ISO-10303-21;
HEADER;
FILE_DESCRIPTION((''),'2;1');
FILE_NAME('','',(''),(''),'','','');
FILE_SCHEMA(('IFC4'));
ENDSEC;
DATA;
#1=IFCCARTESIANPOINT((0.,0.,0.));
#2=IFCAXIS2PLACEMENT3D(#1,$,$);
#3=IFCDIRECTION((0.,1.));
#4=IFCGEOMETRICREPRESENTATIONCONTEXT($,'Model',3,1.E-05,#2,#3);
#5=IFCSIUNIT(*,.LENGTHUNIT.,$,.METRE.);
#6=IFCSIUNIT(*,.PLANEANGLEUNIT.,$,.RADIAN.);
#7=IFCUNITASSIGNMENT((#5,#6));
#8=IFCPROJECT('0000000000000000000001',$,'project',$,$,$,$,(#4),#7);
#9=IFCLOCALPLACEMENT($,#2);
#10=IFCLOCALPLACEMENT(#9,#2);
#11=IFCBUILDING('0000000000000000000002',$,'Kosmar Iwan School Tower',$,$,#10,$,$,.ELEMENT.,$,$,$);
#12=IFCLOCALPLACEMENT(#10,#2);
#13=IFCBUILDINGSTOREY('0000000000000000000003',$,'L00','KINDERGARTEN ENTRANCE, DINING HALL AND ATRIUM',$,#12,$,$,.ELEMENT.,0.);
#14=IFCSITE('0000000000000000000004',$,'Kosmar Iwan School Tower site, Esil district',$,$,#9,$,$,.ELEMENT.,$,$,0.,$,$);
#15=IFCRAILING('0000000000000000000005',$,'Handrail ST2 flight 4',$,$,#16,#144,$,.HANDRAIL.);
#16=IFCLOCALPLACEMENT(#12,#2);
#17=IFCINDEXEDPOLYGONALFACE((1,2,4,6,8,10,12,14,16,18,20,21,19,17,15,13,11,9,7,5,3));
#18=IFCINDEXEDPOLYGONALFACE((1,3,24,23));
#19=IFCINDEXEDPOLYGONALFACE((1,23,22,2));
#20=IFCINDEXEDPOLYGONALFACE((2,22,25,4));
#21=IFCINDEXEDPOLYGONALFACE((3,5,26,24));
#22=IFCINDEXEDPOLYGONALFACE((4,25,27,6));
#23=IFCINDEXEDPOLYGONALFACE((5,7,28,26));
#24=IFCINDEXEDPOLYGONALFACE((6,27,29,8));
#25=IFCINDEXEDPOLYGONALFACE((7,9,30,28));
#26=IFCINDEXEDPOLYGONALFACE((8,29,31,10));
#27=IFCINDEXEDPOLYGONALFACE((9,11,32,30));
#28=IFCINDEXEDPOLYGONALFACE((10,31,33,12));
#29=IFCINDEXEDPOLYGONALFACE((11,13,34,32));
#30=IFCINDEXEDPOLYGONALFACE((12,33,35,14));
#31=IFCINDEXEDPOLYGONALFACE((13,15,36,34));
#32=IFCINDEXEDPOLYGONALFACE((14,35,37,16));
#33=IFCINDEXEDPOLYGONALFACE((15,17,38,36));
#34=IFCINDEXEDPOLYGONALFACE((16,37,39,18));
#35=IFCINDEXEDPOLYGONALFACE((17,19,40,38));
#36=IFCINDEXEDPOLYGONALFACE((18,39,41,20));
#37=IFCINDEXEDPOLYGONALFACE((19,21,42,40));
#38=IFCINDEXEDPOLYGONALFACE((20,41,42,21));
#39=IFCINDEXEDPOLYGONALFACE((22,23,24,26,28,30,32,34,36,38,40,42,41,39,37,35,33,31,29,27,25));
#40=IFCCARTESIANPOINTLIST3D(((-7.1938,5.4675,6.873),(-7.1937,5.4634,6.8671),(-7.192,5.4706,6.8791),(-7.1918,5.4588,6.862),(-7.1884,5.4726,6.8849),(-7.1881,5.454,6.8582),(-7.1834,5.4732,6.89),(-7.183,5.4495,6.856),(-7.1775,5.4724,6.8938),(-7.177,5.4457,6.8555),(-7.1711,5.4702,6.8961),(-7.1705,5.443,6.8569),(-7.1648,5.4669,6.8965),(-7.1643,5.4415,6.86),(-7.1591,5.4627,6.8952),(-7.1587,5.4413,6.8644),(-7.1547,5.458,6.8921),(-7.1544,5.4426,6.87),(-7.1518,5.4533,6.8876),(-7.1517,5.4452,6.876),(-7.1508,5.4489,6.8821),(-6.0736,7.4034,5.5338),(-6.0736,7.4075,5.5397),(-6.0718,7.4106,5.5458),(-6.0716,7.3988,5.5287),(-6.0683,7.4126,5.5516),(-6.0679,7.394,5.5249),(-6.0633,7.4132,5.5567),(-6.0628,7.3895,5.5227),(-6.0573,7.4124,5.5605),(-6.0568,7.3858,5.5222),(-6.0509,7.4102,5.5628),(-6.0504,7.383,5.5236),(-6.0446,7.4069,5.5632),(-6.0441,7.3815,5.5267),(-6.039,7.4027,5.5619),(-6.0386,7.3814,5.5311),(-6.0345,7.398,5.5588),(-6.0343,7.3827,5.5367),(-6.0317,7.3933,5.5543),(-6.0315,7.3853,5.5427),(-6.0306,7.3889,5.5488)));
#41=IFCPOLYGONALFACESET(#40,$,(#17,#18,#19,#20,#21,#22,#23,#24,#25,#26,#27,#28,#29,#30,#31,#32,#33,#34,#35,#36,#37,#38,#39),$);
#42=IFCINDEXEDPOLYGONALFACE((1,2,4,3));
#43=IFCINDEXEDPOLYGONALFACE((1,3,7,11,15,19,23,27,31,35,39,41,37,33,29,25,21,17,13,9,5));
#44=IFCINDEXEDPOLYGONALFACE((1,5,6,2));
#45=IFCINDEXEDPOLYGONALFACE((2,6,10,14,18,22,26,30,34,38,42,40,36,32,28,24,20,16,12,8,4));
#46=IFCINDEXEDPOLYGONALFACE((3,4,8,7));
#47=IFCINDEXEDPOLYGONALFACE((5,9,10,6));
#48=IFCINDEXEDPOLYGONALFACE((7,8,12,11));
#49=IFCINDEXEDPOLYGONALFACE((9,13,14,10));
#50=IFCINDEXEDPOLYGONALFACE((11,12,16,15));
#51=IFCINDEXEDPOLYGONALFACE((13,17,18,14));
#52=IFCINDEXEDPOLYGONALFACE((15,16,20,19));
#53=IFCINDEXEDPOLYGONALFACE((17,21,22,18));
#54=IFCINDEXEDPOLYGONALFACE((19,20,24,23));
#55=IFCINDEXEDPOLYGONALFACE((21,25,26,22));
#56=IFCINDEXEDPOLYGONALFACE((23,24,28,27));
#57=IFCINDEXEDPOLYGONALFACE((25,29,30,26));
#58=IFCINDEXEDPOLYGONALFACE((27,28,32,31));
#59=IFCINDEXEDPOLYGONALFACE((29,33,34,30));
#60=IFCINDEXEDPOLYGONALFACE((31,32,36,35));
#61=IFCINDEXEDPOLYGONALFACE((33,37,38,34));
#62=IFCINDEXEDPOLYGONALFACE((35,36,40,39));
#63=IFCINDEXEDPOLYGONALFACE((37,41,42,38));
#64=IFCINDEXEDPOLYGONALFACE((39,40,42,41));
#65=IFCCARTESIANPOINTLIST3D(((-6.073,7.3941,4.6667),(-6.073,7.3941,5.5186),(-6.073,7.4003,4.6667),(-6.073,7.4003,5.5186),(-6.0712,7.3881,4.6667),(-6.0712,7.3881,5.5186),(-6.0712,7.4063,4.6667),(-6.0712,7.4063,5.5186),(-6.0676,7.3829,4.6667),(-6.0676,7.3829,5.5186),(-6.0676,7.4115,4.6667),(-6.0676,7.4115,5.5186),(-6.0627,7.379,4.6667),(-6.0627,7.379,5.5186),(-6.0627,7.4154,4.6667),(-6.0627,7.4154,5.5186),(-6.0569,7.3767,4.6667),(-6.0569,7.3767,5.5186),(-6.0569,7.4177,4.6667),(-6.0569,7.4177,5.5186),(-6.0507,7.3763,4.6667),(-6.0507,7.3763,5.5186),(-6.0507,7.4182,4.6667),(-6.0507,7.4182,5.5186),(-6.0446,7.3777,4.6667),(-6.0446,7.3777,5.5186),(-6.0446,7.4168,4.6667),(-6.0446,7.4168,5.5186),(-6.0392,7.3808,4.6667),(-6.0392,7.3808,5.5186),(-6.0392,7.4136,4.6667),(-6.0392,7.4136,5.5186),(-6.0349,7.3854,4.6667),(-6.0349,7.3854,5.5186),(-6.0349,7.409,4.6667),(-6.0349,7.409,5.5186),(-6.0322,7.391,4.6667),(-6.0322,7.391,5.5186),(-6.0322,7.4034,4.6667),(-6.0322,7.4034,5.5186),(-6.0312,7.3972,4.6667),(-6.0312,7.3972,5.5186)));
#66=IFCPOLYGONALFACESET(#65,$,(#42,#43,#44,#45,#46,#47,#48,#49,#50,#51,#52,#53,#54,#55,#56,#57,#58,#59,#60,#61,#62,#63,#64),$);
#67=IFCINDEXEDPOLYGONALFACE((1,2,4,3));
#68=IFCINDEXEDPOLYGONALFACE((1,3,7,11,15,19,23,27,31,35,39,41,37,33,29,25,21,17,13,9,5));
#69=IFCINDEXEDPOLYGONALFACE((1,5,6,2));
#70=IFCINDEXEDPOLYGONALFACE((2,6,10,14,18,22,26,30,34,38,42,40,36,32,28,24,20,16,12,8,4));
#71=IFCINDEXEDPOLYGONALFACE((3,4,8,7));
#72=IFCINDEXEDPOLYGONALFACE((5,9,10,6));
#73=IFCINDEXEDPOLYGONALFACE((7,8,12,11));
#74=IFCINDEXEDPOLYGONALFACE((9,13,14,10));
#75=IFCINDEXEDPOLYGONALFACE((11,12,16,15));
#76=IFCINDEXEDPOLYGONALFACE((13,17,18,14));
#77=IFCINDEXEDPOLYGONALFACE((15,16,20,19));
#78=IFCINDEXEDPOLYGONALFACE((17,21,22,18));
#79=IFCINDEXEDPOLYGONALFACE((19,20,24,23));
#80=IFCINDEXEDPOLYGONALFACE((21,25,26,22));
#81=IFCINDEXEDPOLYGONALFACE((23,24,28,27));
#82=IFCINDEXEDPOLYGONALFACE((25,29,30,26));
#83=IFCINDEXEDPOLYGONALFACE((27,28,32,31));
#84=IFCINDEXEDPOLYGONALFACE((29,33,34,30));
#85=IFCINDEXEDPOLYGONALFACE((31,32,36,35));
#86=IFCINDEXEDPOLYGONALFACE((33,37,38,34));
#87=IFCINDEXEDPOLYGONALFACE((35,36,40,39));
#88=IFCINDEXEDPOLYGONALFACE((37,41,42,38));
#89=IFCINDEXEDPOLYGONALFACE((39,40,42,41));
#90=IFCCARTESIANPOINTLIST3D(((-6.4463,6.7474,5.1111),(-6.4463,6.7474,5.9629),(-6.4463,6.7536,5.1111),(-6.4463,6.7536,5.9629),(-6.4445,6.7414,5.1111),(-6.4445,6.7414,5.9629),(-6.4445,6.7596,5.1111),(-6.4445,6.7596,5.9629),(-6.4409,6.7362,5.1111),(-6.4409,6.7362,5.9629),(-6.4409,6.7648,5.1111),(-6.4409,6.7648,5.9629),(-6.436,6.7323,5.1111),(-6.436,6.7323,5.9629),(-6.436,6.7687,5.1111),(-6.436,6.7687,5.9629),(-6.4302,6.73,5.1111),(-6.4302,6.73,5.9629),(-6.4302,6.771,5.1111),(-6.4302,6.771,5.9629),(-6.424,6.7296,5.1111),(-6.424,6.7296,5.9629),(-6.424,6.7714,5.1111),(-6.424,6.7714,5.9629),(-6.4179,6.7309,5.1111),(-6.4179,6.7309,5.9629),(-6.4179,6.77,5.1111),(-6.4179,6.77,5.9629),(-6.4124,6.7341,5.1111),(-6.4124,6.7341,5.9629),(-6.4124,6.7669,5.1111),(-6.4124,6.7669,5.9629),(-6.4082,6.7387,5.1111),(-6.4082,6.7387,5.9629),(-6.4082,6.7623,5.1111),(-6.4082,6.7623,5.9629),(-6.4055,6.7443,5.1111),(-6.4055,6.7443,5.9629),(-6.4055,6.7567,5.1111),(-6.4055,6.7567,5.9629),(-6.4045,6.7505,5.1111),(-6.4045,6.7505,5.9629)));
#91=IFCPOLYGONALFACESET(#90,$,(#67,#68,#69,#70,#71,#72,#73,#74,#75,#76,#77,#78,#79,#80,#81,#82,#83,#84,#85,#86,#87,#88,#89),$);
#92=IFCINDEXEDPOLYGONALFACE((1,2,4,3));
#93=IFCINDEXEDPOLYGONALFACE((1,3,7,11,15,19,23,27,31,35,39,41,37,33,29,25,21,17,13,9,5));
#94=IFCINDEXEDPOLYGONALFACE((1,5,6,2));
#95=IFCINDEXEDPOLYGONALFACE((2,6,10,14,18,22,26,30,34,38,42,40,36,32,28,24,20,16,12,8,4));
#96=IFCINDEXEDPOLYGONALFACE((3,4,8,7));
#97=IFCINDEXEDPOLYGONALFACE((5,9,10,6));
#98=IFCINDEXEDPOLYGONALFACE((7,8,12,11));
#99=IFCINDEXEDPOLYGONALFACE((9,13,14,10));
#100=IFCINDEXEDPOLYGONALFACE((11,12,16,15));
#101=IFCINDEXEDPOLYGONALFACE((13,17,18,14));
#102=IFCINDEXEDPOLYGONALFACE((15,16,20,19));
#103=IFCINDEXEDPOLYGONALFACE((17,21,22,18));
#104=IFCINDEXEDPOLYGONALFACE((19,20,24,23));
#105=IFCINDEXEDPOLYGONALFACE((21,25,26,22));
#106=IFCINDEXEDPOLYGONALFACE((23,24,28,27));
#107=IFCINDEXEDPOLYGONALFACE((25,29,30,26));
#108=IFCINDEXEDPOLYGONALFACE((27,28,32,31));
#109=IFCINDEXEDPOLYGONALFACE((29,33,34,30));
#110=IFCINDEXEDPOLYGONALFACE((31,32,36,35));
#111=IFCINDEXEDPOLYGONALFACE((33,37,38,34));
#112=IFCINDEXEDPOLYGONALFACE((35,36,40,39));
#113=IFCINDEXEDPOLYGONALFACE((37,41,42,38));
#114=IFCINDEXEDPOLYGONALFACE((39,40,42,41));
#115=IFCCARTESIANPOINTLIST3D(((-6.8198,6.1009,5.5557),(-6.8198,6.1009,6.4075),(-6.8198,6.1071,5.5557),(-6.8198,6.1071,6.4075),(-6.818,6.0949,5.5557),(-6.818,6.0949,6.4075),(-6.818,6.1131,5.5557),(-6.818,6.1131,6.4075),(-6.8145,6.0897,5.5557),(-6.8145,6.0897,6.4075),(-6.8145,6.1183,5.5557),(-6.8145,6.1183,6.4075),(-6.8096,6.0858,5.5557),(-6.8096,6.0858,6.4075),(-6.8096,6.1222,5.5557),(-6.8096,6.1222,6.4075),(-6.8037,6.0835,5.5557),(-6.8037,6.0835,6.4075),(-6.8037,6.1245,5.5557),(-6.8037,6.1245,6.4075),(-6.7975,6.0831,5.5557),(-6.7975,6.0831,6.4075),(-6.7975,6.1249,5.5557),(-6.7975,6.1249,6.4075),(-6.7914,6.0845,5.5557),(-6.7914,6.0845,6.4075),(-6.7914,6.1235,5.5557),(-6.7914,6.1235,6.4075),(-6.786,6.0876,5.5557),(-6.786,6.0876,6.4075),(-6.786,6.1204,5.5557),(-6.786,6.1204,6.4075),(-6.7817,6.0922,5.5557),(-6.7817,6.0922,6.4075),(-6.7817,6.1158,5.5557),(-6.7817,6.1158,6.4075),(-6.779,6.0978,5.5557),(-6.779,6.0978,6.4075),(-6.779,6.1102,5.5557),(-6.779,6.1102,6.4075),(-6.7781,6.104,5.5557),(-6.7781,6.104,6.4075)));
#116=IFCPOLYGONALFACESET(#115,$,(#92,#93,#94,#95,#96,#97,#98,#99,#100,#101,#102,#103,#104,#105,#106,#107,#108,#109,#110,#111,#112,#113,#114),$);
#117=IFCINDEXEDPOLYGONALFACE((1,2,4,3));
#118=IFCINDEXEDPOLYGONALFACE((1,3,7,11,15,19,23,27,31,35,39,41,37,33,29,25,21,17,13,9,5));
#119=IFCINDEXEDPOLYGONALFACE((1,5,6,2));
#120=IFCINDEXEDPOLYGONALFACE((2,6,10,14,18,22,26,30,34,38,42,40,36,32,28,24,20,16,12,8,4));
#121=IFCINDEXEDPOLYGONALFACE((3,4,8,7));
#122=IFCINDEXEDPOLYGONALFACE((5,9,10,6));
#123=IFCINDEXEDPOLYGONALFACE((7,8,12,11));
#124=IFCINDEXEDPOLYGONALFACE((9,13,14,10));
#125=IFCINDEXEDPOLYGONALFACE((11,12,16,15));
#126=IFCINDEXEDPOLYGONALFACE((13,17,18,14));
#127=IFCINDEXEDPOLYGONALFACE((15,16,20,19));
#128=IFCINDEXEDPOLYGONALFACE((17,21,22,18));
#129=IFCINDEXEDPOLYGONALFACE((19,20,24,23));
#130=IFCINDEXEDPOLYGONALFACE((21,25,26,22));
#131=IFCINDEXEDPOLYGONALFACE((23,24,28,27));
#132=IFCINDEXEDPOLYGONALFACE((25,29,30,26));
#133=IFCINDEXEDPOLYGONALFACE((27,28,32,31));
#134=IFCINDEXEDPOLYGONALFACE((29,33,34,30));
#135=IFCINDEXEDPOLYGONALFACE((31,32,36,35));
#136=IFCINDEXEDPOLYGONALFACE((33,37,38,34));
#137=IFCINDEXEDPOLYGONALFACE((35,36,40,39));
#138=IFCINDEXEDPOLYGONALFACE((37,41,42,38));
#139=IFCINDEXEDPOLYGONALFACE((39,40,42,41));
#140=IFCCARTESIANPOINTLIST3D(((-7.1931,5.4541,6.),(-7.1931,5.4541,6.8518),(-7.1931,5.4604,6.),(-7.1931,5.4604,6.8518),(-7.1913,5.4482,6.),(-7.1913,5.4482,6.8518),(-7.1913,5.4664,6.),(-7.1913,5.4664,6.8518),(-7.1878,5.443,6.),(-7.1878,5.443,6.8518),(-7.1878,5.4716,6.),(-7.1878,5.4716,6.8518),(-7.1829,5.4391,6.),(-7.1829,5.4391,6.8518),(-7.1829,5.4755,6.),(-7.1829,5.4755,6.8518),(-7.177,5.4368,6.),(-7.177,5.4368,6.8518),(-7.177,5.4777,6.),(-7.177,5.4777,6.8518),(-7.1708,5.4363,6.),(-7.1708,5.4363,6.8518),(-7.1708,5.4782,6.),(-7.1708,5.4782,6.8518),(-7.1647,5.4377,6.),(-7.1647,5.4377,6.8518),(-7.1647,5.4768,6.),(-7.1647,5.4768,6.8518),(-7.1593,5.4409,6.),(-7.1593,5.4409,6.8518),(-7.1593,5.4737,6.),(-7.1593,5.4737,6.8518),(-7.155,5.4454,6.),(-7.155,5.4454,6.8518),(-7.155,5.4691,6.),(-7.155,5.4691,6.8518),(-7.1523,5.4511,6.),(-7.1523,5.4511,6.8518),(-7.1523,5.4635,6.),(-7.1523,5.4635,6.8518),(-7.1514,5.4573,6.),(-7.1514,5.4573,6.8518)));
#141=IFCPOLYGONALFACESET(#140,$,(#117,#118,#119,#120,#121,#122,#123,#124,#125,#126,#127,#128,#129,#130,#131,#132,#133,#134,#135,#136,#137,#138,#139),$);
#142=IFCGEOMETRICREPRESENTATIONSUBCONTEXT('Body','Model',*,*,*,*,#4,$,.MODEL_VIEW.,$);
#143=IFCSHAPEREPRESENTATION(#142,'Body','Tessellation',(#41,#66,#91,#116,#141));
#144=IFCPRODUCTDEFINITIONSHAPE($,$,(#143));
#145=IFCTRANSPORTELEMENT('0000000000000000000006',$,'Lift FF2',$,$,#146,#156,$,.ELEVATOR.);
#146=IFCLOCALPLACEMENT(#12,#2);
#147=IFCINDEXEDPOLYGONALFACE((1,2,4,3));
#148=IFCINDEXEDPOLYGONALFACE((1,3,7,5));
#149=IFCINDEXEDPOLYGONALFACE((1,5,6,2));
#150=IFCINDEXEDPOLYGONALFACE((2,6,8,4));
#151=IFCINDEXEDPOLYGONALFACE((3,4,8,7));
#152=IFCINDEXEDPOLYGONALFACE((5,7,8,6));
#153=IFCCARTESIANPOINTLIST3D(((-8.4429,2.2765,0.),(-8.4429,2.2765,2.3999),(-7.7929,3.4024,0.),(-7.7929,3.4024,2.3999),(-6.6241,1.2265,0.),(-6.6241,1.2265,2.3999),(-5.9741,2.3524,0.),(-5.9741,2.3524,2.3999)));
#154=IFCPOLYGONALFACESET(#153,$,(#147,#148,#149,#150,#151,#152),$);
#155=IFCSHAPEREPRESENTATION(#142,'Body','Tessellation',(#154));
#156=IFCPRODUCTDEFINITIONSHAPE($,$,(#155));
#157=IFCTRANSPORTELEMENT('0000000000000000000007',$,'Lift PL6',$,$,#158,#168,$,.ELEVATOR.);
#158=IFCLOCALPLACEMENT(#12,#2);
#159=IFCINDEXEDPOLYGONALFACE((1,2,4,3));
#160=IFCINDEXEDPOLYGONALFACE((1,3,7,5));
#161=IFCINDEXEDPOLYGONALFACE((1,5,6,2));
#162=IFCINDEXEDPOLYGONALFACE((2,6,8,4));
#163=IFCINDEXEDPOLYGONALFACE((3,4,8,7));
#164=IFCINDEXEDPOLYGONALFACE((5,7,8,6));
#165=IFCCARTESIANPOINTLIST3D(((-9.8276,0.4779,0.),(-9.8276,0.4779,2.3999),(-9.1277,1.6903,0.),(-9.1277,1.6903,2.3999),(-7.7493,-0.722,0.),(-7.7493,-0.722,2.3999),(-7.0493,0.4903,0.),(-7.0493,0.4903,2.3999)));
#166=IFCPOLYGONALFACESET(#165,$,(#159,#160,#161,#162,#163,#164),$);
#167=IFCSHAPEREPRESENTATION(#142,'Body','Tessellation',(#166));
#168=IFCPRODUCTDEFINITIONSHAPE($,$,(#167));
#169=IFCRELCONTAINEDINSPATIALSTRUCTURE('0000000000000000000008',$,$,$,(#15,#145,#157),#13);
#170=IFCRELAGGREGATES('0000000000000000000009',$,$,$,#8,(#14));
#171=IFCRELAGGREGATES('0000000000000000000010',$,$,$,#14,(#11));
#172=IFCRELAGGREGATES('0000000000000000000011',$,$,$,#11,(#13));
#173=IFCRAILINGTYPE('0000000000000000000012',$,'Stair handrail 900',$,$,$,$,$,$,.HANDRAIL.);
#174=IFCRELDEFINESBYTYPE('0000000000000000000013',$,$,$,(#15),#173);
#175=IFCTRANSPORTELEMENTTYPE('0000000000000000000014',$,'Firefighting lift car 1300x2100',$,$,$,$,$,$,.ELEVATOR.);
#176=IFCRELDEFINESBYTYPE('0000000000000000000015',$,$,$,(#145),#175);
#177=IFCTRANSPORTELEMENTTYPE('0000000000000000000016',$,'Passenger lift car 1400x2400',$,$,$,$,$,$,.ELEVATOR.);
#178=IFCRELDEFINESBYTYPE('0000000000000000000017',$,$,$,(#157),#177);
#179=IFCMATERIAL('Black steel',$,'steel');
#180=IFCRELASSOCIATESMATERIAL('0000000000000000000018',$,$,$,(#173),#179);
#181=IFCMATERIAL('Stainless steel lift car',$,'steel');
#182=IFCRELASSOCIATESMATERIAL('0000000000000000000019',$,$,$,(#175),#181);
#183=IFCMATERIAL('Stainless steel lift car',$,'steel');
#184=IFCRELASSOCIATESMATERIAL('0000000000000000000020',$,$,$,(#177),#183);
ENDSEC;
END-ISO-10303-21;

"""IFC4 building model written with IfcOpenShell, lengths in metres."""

from ifc_helpers import new_model, si_unit, direction, frame, origin, origin_2d, place, context, subcontext, project, spatial, rectangle, circle, extrude, material, type_object, element, save


model = new_model("IFC4")

# Units and contexts
model_context = context("Model", 3, precision=1e-05, world=origin(), true_north=direction((0.0, 1.0)))
body_context = subcontext(model_context, "Body", "Model", "MODEL_VIEW")
ifc_project = project(units=[si_unit("LENGTHUNIT", "METRE"), si_unit("PLANEANGLEUNIT", "RADIAN")], contexts=[model_context])

# Site, building, storey
site_placement = place(None, origin())
site = spatial("IfcSite", under=ifc_project, at=site_placement, Name="Kosmar Iwan School Tower site, Esil district", CompositionType="ELEMENT", RefElevation=0.0)
building_placement = place(site_placement, origin())
building = spatial("IfcBuilding", under=site, at=building_placement, Name="Kosmar Iwan School Tower", CompositionType="ELEMENT")
storey_placement = place(building_placement, origin())
storey = spatial("IfcBuildingStorey", under=building, at=storey_placement, Name="L00", Description="KINDERGARTEN ENTRANCE, DINING HALL AND ATRIUM", CompositionType="ELEMENT", Elevation=0.0)

# Railing
ifc_material_1 = material(Name="Black steel", Category="steel")
railing_type = type_object("IfcRailingType", Name="Stair handrail 900", PredefinedType="HANDRAIL", material=ifc_material_1)
for number, where, name in (
    (1, (-6.0522, 7.3972, 4.6667), "Handrail ST2 flight 4"),
):
    element("IfcRailing", number, at=place(storey_placement, frame(where)), inside=storey, type_object=railing_type, Name=name, PredefinedType="HANDRAIL", context=body_context, shape_type="SweptSolid", body=[
        extrude(circle(Radius=0.0239, at=origin_2d()), frame((0.0, 0.0, 0.876), z_axis=(-0.429684, -0.744175, 0.511444), x_axis=(0.866008, -0.500031, 0.0)), (0.0, 0.0, 1.0), 2.6069),
        extrude(circle(Radius=0.021, at=origin_2d()), origin(), (0.0, 0.0, 1.0), 0.8518),
        extrude(circle(Radius=0.021, at=origin_2d()), frame((-0.3733, -0.6467, 0.4443)), (0.0, 0.0, 1.0), 0.8518),
        extrude(circle(Radius=0.021, at=origin_2d()), frame((-0.7468, -1.2932, 0.8889)), (0.0, 0.0, 1.0), 0.8518),
        extrude(circle(Radius=0.021, at=origin_2d()), frame((-1.1201, -1.9399, 1.3333)), (0.0, 0.0, 1.0), 0.8518),
    ])

# Transport elements
ifc_material_2 = material(Name="Stainless steel lift car", Category="steel")
transport_element_type_1 = type_object("IfcTransportElementType", Name="Firefighting lift car 1300x2100", PredefinedType="ELEVATOR", material=ifc_material_2)
transport_element_1_placement = place(storey_placement, frame((-7.2085, 2.3145, 0.0), z_axis=(0.0, 0.0, 1.0), x_axis=(-0.866025, 0.5, 0.0)))
element("IfcTransportElement", 2, at=transport_element_1_placement, inside=storey, type_object=transport_element_type_1, Name="Lift FF2", PredefinedType="ELEVATOR", context=body_context, shape_type="SweptSolid", body=[
    extrude(rectangle(XDim=2.1001, YDim=1.3, at=origin_2d()), origin(), (0.0, 0.0, 1.0), 2.3999),
])
ifc_material_3 = material(Name="Stainless steel lift car", Category="steel")
transport_element_type_2 = type_object("IfcTransportElementType", Name="Passenger lift car 1400x2400", PredefinedType="ELEVATOR", material=ifc_material_3)
transport_element_2_placement = place(storey_placement, frame((-8.4385, 0.4841, 0.0), z_axis=(0.0, 0.0, 1.0), x_axis=(-0.866025, 0.5, 0.0)))
element("IfcTransportElement", 3, at=transport_element_2_placement, inside=storey, type_object=transport_element_type_2, Name="Lift PL6", PredefinedType="ELEVATOR", context=body_context, shape_type="SweptSolid", body=[
    extrude(rectangle(XDim=2.3999, YDim=1.3999, at=origin_2d()), origin(), (0.0, 0.0, 1.0), 2.3999),
])

save(model, "model.ifc")
